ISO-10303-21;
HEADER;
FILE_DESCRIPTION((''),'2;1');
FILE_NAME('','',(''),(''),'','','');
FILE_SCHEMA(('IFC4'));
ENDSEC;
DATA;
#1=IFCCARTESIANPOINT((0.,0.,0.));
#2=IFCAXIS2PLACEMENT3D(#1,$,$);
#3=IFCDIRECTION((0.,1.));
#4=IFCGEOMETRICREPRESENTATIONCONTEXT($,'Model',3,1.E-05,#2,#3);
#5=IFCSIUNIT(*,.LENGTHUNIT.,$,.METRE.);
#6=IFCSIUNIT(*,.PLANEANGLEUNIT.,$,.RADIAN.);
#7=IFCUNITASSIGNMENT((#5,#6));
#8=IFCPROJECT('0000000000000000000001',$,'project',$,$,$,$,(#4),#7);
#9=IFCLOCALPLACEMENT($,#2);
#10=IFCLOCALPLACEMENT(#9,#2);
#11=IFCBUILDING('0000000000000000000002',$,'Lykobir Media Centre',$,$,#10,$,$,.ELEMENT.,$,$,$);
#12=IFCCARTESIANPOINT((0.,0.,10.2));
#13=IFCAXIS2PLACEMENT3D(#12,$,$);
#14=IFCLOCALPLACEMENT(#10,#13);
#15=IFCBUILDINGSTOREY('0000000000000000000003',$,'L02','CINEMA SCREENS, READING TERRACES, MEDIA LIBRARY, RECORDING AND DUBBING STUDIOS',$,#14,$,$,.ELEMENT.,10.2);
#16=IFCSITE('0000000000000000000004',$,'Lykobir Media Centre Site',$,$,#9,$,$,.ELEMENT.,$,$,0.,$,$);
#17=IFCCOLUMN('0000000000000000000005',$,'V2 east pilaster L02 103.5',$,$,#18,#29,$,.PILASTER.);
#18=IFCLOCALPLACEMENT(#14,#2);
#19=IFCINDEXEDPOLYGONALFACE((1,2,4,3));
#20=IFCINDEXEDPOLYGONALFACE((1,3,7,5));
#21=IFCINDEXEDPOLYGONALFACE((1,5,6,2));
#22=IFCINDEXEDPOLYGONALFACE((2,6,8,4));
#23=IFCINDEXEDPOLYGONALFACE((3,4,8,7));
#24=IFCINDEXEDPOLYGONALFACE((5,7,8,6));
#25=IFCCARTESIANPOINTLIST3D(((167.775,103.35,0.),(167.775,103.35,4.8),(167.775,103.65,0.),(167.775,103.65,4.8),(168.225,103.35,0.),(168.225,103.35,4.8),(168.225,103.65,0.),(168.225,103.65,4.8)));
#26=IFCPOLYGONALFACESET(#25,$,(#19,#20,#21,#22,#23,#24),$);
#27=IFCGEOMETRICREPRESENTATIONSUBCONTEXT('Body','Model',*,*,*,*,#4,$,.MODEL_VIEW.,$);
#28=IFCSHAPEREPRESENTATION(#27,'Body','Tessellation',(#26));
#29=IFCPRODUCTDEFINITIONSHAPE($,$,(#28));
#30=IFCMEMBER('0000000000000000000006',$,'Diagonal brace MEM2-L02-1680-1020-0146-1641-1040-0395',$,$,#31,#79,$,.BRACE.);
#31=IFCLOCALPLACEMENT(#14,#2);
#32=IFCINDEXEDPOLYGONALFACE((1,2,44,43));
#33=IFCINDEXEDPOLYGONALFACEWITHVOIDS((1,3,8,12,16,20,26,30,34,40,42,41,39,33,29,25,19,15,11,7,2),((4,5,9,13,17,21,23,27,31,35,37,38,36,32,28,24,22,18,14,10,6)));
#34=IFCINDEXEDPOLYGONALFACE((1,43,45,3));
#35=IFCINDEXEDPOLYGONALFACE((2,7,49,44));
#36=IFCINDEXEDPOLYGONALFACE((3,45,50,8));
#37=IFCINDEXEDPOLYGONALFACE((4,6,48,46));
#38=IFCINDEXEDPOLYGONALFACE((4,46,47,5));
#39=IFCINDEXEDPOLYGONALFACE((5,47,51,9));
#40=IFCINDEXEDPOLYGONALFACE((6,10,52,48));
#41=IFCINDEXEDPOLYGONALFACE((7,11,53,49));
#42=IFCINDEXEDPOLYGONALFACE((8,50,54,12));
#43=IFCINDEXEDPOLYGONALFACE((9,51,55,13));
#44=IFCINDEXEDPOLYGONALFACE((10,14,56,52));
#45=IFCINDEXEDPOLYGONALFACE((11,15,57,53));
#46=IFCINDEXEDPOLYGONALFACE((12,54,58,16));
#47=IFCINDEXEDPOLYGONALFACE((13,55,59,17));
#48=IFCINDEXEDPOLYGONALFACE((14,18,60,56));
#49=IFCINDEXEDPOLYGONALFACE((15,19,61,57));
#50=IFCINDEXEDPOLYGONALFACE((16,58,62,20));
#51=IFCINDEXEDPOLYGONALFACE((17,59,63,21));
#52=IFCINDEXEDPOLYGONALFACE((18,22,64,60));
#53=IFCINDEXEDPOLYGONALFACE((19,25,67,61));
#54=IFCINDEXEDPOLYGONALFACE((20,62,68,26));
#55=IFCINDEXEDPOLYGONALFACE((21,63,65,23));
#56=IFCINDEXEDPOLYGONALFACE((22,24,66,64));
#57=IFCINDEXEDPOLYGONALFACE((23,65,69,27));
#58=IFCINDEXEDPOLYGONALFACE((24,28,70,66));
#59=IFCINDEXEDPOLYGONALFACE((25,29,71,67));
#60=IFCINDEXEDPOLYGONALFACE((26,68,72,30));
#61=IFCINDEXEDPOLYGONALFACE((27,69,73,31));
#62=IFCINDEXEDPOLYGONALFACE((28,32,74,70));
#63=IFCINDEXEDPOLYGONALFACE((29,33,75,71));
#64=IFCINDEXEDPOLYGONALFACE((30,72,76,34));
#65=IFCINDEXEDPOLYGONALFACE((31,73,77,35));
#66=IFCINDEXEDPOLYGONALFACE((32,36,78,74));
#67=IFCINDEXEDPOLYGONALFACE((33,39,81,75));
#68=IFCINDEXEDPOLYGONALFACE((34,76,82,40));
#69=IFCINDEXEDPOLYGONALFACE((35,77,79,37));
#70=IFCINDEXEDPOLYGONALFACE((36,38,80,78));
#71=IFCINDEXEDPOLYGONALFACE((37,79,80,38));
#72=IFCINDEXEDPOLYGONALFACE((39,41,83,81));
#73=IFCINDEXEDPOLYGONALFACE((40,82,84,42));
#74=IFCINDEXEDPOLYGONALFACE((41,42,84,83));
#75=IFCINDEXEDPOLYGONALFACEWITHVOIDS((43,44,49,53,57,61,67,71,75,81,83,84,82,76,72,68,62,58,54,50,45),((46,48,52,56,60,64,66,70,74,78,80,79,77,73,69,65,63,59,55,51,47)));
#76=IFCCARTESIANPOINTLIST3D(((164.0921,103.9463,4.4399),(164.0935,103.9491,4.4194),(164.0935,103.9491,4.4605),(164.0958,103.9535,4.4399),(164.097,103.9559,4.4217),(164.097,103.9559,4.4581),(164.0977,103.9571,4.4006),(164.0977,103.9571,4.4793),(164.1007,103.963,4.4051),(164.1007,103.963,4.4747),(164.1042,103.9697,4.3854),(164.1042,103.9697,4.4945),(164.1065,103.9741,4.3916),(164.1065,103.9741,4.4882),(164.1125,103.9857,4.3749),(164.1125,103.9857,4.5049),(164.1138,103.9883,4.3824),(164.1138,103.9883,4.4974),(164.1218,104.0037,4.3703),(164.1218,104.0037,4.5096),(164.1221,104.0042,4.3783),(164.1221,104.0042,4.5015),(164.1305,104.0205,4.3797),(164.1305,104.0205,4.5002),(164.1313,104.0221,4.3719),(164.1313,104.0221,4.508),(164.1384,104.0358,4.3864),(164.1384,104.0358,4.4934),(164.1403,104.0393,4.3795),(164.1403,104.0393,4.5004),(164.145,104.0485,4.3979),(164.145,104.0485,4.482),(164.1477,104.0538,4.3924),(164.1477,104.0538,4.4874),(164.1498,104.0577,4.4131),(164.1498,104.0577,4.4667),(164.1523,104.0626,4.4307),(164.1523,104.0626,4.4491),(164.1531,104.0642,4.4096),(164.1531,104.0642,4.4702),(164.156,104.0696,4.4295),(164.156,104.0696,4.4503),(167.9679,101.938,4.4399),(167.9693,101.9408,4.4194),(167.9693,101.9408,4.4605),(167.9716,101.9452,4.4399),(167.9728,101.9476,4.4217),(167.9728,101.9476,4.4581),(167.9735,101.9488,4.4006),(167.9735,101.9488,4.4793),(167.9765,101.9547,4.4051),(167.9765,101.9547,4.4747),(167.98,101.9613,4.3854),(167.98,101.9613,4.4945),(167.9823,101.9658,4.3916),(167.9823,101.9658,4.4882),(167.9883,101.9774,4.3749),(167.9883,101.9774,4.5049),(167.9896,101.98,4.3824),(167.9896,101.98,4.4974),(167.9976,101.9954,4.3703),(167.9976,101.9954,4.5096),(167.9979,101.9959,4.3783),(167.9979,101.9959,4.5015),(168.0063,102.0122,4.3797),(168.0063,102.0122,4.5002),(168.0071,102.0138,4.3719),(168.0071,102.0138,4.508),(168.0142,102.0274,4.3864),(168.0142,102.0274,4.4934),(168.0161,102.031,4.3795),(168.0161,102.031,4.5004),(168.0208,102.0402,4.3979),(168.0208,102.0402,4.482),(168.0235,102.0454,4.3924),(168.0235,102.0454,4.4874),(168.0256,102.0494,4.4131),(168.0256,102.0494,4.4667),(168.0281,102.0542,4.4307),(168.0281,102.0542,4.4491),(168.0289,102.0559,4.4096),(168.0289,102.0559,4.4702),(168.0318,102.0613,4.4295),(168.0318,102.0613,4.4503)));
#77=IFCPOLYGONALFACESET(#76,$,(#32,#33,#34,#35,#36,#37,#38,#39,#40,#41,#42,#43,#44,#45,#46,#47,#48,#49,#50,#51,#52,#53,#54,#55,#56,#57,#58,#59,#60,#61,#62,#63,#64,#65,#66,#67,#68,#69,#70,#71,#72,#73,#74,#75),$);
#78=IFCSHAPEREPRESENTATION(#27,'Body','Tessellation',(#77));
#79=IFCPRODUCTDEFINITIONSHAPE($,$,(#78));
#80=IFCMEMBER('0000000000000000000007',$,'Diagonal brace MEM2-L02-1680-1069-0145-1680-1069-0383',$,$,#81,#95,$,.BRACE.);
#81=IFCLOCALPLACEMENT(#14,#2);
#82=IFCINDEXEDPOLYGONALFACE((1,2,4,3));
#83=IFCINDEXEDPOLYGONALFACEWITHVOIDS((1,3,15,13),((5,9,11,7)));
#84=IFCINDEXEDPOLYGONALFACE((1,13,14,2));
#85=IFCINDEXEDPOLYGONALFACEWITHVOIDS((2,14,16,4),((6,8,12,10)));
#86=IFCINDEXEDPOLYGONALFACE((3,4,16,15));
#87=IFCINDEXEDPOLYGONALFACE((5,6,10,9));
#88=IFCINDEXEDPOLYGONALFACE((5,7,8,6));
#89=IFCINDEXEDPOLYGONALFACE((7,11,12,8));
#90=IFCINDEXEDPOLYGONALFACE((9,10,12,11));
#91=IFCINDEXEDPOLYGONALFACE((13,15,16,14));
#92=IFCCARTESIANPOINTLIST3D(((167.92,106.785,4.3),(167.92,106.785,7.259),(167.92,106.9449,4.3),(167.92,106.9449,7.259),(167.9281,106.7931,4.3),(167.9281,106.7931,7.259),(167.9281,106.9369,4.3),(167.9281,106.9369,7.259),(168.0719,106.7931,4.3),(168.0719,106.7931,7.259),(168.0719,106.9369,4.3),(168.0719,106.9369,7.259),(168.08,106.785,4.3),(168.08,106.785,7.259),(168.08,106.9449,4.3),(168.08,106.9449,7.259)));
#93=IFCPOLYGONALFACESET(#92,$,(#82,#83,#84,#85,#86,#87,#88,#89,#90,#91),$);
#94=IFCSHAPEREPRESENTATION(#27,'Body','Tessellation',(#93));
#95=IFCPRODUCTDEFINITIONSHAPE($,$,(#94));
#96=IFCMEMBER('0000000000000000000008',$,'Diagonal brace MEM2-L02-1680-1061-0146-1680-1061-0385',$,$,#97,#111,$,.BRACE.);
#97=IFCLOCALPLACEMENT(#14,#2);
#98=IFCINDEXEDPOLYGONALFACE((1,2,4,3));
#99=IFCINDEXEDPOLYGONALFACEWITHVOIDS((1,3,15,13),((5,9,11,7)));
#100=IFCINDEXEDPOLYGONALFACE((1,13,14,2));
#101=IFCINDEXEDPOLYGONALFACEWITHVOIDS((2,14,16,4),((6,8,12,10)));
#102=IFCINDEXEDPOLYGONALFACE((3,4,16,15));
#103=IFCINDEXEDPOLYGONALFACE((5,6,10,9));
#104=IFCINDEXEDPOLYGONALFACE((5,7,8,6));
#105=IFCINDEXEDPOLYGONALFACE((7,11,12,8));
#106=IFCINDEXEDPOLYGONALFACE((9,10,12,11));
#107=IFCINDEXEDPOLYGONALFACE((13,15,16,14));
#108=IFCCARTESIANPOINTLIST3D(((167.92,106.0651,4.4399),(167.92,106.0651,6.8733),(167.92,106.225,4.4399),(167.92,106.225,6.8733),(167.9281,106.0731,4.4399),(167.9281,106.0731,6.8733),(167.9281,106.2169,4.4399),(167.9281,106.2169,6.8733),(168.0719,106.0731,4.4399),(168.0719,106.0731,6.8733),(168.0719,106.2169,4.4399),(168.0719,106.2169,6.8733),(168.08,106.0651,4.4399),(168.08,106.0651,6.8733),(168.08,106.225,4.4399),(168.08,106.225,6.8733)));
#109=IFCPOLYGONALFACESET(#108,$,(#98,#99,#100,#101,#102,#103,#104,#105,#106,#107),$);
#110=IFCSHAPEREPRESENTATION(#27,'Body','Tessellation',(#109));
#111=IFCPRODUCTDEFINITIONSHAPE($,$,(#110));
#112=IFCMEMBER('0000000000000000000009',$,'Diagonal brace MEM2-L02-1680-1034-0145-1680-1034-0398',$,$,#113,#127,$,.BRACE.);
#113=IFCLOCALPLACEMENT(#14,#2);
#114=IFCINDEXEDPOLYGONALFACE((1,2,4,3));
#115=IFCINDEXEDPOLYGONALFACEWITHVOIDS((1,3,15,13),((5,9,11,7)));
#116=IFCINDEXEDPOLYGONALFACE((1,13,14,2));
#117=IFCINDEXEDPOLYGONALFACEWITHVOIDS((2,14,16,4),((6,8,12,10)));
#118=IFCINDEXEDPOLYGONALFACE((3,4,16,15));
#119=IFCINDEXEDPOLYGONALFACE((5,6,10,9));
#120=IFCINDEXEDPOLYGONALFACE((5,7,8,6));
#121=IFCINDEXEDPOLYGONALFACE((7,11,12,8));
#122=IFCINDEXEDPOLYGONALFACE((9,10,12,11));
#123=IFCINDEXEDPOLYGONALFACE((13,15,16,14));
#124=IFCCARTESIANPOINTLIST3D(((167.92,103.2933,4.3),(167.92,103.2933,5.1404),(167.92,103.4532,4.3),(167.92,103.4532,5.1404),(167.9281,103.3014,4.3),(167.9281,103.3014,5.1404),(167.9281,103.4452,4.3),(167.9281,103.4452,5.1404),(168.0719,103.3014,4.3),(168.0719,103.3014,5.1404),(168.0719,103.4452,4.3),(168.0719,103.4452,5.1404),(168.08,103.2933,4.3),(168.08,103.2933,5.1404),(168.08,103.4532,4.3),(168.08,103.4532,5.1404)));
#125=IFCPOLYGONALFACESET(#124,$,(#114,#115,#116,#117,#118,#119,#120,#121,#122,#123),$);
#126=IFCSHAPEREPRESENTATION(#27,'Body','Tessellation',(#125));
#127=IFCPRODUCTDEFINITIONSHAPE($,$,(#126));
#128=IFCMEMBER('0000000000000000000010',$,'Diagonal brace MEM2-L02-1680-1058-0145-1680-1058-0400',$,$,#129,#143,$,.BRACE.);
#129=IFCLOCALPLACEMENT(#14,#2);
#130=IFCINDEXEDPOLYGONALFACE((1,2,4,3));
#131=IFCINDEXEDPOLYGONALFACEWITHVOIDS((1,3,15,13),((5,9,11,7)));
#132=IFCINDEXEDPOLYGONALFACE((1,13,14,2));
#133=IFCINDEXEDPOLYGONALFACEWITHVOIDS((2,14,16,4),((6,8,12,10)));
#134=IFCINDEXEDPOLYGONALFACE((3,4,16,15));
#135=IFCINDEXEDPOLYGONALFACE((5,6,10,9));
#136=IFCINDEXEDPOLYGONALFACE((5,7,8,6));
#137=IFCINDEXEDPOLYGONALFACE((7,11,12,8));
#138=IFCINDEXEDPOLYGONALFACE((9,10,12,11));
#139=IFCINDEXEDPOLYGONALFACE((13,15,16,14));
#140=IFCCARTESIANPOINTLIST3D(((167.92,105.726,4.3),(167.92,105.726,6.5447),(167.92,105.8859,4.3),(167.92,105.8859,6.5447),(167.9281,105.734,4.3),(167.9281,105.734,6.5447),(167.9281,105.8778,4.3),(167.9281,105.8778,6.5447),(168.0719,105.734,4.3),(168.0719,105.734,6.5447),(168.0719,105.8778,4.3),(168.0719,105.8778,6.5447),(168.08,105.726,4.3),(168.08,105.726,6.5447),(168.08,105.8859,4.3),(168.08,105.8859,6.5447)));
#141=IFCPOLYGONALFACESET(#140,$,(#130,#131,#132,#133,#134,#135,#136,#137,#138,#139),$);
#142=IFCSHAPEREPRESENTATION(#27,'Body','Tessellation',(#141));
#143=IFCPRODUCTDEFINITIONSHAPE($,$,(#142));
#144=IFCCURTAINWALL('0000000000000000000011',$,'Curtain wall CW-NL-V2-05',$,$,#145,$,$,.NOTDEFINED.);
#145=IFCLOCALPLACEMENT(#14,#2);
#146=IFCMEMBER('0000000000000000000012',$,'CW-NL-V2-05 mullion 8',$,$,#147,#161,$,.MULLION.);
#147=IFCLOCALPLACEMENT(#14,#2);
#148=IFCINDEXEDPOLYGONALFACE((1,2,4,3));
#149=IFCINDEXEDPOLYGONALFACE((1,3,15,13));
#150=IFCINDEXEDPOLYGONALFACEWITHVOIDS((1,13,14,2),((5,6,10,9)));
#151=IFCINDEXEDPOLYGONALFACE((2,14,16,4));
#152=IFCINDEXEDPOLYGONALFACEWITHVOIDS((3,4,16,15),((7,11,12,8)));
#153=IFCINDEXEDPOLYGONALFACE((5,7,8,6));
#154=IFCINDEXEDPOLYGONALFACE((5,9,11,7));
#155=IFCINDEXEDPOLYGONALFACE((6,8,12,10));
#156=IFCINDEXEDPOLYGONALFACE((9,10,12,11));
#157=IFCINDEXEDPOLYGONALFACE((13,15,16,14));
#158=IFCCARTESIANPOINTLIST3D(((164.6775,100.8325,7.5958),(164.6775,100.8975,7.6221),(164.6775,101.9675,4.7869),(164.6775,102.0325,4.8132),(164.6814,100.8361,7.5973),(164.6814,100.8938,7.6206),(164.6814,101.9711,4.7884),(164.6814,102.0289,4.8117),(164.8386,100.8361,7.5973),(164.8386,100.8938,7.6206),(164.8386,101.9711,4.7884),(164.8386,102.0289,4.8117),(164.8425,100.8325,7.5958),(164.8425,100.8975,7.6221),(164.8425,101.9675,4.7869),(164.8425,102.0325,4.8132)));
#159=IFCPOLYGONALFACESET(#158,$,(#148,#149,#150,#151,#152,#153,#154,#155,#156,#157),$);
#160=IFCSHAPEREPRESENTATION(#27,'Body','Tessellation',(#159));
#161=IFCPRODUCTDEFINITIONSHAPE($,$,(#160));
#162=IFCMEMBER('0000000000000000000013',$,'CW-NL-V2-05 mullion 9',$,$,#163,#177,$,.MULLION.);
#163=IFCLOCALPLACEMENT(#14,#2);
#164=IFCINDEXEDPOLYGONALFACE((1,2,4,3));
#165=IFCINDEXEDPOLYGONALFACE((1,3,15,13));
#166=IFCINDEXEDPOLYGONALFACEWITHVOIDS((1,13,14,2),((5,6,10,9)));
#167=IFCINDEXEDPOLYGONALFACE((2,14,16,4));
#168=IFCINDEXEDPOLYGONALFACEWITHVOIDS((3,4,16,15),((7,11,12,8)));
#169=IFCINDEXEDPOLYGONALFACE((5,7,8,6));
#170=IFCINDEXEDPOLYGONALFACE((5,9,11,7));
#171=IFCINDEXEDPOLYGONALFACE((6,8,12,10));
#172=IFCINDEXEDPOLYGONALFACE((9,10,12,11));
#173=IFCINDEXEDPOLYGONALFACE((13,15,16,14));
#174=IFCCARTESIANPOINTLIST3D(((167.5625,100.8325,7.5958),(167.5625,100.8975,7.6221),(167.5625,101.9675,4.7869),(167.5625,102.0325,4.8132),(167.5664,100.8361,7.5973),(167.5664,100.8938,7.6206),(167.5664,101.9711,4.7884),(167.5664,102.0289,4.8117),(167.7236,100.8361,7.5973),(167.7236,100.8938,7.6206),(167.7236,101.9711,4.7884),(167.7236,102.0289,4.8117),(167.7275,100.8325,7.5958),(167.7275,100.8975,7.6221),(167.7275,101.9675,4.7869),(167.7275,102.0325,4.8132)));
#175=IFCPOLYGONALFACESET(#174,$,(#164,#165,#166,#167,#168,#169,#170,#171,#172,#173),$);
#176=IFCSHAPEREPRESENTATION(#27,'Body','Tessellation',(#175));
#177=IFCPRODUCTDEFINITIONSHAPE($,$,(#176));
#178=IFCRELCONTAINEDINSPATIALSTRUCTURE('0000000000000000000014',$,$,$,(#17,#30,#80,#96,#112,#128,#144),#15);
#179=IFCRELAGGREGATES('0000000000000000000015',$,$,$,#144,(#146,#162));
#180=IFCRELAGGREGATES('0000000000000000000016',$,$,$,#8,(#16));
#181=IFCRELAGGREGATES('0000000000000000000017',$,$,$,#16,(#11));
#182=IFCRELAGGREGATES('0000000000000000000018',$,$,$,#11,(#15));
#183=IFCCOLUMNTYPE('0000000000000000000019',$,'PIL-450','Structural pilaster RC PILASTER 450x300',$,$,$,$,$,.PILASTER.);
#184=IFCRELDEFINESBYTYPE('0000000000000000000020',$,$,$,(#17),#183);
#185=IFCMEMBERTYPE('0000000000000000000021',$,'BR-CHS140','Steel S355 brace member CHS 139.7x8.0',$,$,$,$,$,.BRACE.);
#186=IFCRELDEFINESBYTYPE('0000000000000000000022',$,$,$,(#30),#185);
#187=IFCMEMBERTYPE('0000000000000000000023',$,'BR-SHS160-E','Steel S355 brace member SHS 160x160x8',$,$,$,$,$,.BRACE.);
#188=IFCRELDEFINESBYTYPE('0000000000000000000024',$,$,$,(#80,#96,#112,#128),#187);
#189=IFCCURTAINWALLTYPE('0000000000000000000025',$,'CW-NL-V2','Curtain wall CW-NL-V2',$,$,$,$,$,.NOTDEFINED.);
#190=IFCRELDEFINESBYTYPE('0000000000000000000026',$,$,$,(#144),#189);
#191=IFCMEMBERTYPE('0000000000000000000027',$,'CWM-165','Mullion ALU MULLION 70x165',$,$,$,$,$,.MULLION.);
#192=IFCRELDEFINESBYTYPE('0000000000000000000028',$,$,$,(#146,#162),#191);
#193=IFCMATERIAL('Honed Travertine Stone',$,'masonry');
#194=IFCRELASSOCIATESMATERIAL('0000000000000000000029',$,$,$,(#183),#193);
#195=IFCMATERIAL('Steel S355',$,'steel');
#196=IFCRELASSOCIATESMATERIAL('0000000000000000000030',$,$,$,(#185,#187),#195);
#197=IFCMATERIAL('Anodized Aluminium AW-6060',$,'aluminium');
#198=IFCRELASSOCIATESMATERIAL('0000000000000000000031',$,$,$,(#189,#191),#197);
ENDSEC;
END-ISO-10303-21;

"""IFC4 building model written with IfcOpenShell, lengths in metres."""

from ifc_helpers import new_model, si_unit, direction, frame, origin, origin_2d, place, context, subcontext, project, spatial, rectangle, hollow_rectangle, hollow_circle, extrude, material, material_profile, profile_set, type_object, element, aggregate, save


model = new_model("IFC4")

# Units and contexts
model_context = context("Model", 3, precision=1e-05, world=origin(), true_north=direction((0.0, 1.0)))
body_context = subcontext(model_context, "Body", "Model", "MODEL_VIEW")
ifc_project = project(units=[si_unit("LENGTHUNIT", "METRE"), si_unit("PLANEANGLEUNIT", "RADIAN")], contexts=[model_context])

# Site, building, storey
site_placement = place(None, origin())
site = spatial("IfcSite", under=ifc_project, at=site_placement, Name="Lykobir Media Centre Site", CompositionType="ELEMENT", RefElevation=0.0)
building_placement = place(site_placement, origin())
building = spatial("IfcBuilding", under=site, at=building_placement, Name="Lykobir Media Centre", CompositionType="ELEMENT")
storey_placement = place(building_placement, frame((0.0, 0.0, 10.2)))
storey = spatial("IfcBuildingStorey", under=building, at=storey_placement, Name="L02", Description="CINEMA SCREENS, READING TERRACES, MEDIA LIBRARY, RECORDING AND DUBBING STUDIOS", CompositionType="ELEMENT", Elevation=10.2)

# Column
ifc_material_1 = material(Name="Honed Travertine Stone", Category="masonry")
ifc_material_profile_1 = material_profile(ifc_material_1, rectangle(XDim=0.3, YDim=0.45, at=origin_2d()), Name="RC PILASTER 450x300")
ifc_profile_set_1 = profile_set([ifc_material_profile_1], Name="Honed Travertine Stone")
column_type = type_object("IfcColumnType", Name="PIL-450", Description="Structural pilaster RC PILASTER 450x300", PredefinedType="PILASTER", material=ifc_profile_set_1)
column_placement = place(storey_placement, frame((168.0, 103.5, 0.0), z_axis=(0.0, 0.0, 1.0), x_axis=(0.0, 1.0, 0.0)))
element("IfcColumn", 1, at=column_placement, inside=storey, type_object=column_type, Name="V2 east pilaster L02 103.5", PredefinedType="PILASTER", context=body_context, shape_type="SweptSolid", body=[
    extrude(rectangle(XDim=0.3, YDim=0.45, at=origin_2d()), origin(), (0.0, 0.0, 1.0), 4.8),
])

# Members
ifc_material_2 = material(Name="Steel S355", Category="steel")
ifc_material_profile_2 = material_profile(ifc_material_2, hollow_circle(Radius=0.0698, WallThickness=0.0081, at=origin_2d()), Name="CHS 139.7x8.0")
ifc_profile_set_2 = profile_set([ifc_material_profile_2], Name="Steel S355")
member_type_1 = type_object("IfcMemberType", Name="BR-CHS140", Description="Steel S355 brace member CHS 139.7x8.0", PredefinedType="BRACE", material=ifc_profile_set_2)
member_1_placement = place(storey_placement, frame((168.0, 102.0, 4.4399), z_axis=(-0.88788, 0.460076, 0.0), x_axis=(-0.460076, -0.88788, 0.0)))
element("IfcMember", 2, at=member_1_placement, inside=storey, type_object=member_type_1, Name="Diagonal brace MEM2-L02-1680-1020-0146-1641-1040-0395", PredefinedType="BRACE", context=body_context, shape_type="SweptSolid", body=[
    extrude(hollow_circle(Radius=0.0698, WallThickness=0.0081, at=origin_2d()), origin(), (0.0, 0.0, 1.0), 4.3652),
])
ifc_material_profile_3 = material_profile(ifc_material_2, hollow_rectangle(XDim=0.1599, YDim=0.1599, WallThickness=0.0081, at=origin_2d()), Name="SHS 160x160x8")
ifc_profile_set_3 = profile_set([ifc_material_profile_3], Name="Steel S355")
member_type_2 = type_object("IfcMemberType", Name="BR-SHS160-E", Description="Steel S355 brace member SHS 160x160x8", PredefinedType="BRACE", material=ifc_profile_set_3)
member_2_placement = place(storey_placement, frame((168.0, 106.865, 4.3), z_axis=(0.0, 0.0, 1.0), x_axis=(1.0, 0.0, 0.0)))
element("IfcMember", 3, at=member_2_placement, inside=storey, type_object=member_type_2, Name="Diagonal brace MEM2-L02-1680-1069-0145-1680-1069-0383", PredefinedType="BRACE", context=body_context, shape_type="SweptSolid", body=[
    extrude(hollow_rectangle(XDim=0.1599, YDim=0.1599, WallThickness=0.0081, at=origin_2d()), origin(), (0.0, 0.0, 1.0), 2.959),
])
member_3_placement = place(storey_placement, frame((168.0, 106.145, 4.4399), z_axis=(0.0, 0.0, 1.0), x_axis=(1.0, 0.0, 0.0)))
element("IfcMember", 4, at=member_3_placement, inside=storey, type_object=member_type_2, Name="Diagonal brace MEM2-L02-1680-1061-0146-1680-1061-0385", PredefinedType="BRACE", context=body_context, shape_type="SweptSolid", body=[
    extrude(hollow_rectangle(XDim=0.1599, YDim=0.1599, WallThickness=0.0081, at=origin_2d()), origin(), (0.0, 0.0, 1.0), 2.4333),
])
member_4_placement = place(storey_placement, frame((168.0, 103.3733, 4.3), z_axis=(0.0, 0.0, 1.0), x_axis=(1.0, 0.0, 0.0)))
element("IfcMember", 5, at=member_4_placement, inside=storey, type_object=member_type_2, Name="Diagonal brace MEM2-L02-1680-1034-0145-1680-1034-0398", PredefinedType="BRACE", context=body_context, shape_type="SweptSolid", body=[
    extrude(hollow_rectangle(XDim=0.1599, YDim=0.1599, WallThickness=0.0081, at=origin_2d()), origin(), (0.0, 0.0, 1.0), 0.8403),
])
member_5_placement = place(storey_placement, frame((168.0, 105.8059, 4.3), z_axis=(0.0, 0.0, 1.0), x_axis=(1.0, 0.0, 0.0)))
element("IfcMember", 6, at=member_5_placement, inside=storey, type_object=member_type_2, Name="Diagonal brace MEM2-L02-1680-1058-0145-1680-1058-0400", PredefinedType="BRACE", context=body_context, shape_type="SweptSolid", body=[
    extrude(hollow_rectangle(XDim=0.1599, YDim=0.1599, WallThickness=0.0081, at=origin_2d()), origin(), (0.0, 0.0, 1.0), 2.2446),
])

# Curtain wall, members
ifc_material_3 = material(Name="Anodized Aluminium AW-6060", Category="aluminium")
curtain_wall_type = type_object("IfcCurtainWallType", Name="CW-NL-V2", Description="Curtain wall CW-NL-V2", PredefinedType="NOTDEFINED", material=ifc_material_3)
curtain_wall_placement = place(storey_placement, origin())
curtain_wall = element("IfcCurtainWall", 7, at=curtain_wall_placement, inside=storey, type_object=curtain_wall_type, Name="Curtain wall CW-NL-V2-05", PredefinedType="NOTDEFINED")
ifc_material_profile_4 = material_profile(ifc_material_3, hollow_rectangle(XDim=0.0701, YDim=0.165, WallThickness=0.0039, at=origin_2d()), Name="ALU MULLION 70x165")
ifc_profile_set_4 = profile_set([ifc_material_profile_4], Name="Anodized Aluminium AW-6060")
member_type_3 = type_object("IfcMemberType", Name="CWM-165", Description="Mullion ALU MULLION 70x165", PredefinedType="MULLION", material=ifc_profile_set_4)
member_6_placement = place(storey_placement, frame((164.76, 102.0, 4.8), z_axis=(0.0, -0.374654, 0.927165), x_axis=(0.0, 0.927165, 0.374654)))
member_6 = element("IfcMember", 8, at=member_6_placement, type_object=member_type_3, Name="CW-NL-V2-05 mullion 8", PredefinedType="MULLION", context=body_context, shape_type="SweptSolid", body=[
    extrude(hollow_rectangle(XDim=0.0701, YDim=0.165, WallThickness=0.0039, at=origin_2d()), origin(), (0.0, 0.0, 1.0), 3.0295),
])
member_7_placement = place(storey_placement, frame((167.645, 102.0, 4.8), z_axis=(0.0, -0.374654, 0.927165), x_axis=(0.0, 0.927165, 0.374654)))
member_7 = element("IfcMember", 9, at=member_7_placement, type_object=member_type_3, Name="CW-NL-V2-05 mullion 9", PredefinedType="MULLION", context=body_context, shape_type="SweptSolid", body=[
    extrude(hollow_rectangle(XDim=0.0701, YDim=0.165, WallThickness=0.0039, at=origin_2d()), origin(), (0.0, 0.0, 1.0), 3.0295),
])
aggregate(curtain_wall, [member_6, member_7])

save(model, "model.ifc")
